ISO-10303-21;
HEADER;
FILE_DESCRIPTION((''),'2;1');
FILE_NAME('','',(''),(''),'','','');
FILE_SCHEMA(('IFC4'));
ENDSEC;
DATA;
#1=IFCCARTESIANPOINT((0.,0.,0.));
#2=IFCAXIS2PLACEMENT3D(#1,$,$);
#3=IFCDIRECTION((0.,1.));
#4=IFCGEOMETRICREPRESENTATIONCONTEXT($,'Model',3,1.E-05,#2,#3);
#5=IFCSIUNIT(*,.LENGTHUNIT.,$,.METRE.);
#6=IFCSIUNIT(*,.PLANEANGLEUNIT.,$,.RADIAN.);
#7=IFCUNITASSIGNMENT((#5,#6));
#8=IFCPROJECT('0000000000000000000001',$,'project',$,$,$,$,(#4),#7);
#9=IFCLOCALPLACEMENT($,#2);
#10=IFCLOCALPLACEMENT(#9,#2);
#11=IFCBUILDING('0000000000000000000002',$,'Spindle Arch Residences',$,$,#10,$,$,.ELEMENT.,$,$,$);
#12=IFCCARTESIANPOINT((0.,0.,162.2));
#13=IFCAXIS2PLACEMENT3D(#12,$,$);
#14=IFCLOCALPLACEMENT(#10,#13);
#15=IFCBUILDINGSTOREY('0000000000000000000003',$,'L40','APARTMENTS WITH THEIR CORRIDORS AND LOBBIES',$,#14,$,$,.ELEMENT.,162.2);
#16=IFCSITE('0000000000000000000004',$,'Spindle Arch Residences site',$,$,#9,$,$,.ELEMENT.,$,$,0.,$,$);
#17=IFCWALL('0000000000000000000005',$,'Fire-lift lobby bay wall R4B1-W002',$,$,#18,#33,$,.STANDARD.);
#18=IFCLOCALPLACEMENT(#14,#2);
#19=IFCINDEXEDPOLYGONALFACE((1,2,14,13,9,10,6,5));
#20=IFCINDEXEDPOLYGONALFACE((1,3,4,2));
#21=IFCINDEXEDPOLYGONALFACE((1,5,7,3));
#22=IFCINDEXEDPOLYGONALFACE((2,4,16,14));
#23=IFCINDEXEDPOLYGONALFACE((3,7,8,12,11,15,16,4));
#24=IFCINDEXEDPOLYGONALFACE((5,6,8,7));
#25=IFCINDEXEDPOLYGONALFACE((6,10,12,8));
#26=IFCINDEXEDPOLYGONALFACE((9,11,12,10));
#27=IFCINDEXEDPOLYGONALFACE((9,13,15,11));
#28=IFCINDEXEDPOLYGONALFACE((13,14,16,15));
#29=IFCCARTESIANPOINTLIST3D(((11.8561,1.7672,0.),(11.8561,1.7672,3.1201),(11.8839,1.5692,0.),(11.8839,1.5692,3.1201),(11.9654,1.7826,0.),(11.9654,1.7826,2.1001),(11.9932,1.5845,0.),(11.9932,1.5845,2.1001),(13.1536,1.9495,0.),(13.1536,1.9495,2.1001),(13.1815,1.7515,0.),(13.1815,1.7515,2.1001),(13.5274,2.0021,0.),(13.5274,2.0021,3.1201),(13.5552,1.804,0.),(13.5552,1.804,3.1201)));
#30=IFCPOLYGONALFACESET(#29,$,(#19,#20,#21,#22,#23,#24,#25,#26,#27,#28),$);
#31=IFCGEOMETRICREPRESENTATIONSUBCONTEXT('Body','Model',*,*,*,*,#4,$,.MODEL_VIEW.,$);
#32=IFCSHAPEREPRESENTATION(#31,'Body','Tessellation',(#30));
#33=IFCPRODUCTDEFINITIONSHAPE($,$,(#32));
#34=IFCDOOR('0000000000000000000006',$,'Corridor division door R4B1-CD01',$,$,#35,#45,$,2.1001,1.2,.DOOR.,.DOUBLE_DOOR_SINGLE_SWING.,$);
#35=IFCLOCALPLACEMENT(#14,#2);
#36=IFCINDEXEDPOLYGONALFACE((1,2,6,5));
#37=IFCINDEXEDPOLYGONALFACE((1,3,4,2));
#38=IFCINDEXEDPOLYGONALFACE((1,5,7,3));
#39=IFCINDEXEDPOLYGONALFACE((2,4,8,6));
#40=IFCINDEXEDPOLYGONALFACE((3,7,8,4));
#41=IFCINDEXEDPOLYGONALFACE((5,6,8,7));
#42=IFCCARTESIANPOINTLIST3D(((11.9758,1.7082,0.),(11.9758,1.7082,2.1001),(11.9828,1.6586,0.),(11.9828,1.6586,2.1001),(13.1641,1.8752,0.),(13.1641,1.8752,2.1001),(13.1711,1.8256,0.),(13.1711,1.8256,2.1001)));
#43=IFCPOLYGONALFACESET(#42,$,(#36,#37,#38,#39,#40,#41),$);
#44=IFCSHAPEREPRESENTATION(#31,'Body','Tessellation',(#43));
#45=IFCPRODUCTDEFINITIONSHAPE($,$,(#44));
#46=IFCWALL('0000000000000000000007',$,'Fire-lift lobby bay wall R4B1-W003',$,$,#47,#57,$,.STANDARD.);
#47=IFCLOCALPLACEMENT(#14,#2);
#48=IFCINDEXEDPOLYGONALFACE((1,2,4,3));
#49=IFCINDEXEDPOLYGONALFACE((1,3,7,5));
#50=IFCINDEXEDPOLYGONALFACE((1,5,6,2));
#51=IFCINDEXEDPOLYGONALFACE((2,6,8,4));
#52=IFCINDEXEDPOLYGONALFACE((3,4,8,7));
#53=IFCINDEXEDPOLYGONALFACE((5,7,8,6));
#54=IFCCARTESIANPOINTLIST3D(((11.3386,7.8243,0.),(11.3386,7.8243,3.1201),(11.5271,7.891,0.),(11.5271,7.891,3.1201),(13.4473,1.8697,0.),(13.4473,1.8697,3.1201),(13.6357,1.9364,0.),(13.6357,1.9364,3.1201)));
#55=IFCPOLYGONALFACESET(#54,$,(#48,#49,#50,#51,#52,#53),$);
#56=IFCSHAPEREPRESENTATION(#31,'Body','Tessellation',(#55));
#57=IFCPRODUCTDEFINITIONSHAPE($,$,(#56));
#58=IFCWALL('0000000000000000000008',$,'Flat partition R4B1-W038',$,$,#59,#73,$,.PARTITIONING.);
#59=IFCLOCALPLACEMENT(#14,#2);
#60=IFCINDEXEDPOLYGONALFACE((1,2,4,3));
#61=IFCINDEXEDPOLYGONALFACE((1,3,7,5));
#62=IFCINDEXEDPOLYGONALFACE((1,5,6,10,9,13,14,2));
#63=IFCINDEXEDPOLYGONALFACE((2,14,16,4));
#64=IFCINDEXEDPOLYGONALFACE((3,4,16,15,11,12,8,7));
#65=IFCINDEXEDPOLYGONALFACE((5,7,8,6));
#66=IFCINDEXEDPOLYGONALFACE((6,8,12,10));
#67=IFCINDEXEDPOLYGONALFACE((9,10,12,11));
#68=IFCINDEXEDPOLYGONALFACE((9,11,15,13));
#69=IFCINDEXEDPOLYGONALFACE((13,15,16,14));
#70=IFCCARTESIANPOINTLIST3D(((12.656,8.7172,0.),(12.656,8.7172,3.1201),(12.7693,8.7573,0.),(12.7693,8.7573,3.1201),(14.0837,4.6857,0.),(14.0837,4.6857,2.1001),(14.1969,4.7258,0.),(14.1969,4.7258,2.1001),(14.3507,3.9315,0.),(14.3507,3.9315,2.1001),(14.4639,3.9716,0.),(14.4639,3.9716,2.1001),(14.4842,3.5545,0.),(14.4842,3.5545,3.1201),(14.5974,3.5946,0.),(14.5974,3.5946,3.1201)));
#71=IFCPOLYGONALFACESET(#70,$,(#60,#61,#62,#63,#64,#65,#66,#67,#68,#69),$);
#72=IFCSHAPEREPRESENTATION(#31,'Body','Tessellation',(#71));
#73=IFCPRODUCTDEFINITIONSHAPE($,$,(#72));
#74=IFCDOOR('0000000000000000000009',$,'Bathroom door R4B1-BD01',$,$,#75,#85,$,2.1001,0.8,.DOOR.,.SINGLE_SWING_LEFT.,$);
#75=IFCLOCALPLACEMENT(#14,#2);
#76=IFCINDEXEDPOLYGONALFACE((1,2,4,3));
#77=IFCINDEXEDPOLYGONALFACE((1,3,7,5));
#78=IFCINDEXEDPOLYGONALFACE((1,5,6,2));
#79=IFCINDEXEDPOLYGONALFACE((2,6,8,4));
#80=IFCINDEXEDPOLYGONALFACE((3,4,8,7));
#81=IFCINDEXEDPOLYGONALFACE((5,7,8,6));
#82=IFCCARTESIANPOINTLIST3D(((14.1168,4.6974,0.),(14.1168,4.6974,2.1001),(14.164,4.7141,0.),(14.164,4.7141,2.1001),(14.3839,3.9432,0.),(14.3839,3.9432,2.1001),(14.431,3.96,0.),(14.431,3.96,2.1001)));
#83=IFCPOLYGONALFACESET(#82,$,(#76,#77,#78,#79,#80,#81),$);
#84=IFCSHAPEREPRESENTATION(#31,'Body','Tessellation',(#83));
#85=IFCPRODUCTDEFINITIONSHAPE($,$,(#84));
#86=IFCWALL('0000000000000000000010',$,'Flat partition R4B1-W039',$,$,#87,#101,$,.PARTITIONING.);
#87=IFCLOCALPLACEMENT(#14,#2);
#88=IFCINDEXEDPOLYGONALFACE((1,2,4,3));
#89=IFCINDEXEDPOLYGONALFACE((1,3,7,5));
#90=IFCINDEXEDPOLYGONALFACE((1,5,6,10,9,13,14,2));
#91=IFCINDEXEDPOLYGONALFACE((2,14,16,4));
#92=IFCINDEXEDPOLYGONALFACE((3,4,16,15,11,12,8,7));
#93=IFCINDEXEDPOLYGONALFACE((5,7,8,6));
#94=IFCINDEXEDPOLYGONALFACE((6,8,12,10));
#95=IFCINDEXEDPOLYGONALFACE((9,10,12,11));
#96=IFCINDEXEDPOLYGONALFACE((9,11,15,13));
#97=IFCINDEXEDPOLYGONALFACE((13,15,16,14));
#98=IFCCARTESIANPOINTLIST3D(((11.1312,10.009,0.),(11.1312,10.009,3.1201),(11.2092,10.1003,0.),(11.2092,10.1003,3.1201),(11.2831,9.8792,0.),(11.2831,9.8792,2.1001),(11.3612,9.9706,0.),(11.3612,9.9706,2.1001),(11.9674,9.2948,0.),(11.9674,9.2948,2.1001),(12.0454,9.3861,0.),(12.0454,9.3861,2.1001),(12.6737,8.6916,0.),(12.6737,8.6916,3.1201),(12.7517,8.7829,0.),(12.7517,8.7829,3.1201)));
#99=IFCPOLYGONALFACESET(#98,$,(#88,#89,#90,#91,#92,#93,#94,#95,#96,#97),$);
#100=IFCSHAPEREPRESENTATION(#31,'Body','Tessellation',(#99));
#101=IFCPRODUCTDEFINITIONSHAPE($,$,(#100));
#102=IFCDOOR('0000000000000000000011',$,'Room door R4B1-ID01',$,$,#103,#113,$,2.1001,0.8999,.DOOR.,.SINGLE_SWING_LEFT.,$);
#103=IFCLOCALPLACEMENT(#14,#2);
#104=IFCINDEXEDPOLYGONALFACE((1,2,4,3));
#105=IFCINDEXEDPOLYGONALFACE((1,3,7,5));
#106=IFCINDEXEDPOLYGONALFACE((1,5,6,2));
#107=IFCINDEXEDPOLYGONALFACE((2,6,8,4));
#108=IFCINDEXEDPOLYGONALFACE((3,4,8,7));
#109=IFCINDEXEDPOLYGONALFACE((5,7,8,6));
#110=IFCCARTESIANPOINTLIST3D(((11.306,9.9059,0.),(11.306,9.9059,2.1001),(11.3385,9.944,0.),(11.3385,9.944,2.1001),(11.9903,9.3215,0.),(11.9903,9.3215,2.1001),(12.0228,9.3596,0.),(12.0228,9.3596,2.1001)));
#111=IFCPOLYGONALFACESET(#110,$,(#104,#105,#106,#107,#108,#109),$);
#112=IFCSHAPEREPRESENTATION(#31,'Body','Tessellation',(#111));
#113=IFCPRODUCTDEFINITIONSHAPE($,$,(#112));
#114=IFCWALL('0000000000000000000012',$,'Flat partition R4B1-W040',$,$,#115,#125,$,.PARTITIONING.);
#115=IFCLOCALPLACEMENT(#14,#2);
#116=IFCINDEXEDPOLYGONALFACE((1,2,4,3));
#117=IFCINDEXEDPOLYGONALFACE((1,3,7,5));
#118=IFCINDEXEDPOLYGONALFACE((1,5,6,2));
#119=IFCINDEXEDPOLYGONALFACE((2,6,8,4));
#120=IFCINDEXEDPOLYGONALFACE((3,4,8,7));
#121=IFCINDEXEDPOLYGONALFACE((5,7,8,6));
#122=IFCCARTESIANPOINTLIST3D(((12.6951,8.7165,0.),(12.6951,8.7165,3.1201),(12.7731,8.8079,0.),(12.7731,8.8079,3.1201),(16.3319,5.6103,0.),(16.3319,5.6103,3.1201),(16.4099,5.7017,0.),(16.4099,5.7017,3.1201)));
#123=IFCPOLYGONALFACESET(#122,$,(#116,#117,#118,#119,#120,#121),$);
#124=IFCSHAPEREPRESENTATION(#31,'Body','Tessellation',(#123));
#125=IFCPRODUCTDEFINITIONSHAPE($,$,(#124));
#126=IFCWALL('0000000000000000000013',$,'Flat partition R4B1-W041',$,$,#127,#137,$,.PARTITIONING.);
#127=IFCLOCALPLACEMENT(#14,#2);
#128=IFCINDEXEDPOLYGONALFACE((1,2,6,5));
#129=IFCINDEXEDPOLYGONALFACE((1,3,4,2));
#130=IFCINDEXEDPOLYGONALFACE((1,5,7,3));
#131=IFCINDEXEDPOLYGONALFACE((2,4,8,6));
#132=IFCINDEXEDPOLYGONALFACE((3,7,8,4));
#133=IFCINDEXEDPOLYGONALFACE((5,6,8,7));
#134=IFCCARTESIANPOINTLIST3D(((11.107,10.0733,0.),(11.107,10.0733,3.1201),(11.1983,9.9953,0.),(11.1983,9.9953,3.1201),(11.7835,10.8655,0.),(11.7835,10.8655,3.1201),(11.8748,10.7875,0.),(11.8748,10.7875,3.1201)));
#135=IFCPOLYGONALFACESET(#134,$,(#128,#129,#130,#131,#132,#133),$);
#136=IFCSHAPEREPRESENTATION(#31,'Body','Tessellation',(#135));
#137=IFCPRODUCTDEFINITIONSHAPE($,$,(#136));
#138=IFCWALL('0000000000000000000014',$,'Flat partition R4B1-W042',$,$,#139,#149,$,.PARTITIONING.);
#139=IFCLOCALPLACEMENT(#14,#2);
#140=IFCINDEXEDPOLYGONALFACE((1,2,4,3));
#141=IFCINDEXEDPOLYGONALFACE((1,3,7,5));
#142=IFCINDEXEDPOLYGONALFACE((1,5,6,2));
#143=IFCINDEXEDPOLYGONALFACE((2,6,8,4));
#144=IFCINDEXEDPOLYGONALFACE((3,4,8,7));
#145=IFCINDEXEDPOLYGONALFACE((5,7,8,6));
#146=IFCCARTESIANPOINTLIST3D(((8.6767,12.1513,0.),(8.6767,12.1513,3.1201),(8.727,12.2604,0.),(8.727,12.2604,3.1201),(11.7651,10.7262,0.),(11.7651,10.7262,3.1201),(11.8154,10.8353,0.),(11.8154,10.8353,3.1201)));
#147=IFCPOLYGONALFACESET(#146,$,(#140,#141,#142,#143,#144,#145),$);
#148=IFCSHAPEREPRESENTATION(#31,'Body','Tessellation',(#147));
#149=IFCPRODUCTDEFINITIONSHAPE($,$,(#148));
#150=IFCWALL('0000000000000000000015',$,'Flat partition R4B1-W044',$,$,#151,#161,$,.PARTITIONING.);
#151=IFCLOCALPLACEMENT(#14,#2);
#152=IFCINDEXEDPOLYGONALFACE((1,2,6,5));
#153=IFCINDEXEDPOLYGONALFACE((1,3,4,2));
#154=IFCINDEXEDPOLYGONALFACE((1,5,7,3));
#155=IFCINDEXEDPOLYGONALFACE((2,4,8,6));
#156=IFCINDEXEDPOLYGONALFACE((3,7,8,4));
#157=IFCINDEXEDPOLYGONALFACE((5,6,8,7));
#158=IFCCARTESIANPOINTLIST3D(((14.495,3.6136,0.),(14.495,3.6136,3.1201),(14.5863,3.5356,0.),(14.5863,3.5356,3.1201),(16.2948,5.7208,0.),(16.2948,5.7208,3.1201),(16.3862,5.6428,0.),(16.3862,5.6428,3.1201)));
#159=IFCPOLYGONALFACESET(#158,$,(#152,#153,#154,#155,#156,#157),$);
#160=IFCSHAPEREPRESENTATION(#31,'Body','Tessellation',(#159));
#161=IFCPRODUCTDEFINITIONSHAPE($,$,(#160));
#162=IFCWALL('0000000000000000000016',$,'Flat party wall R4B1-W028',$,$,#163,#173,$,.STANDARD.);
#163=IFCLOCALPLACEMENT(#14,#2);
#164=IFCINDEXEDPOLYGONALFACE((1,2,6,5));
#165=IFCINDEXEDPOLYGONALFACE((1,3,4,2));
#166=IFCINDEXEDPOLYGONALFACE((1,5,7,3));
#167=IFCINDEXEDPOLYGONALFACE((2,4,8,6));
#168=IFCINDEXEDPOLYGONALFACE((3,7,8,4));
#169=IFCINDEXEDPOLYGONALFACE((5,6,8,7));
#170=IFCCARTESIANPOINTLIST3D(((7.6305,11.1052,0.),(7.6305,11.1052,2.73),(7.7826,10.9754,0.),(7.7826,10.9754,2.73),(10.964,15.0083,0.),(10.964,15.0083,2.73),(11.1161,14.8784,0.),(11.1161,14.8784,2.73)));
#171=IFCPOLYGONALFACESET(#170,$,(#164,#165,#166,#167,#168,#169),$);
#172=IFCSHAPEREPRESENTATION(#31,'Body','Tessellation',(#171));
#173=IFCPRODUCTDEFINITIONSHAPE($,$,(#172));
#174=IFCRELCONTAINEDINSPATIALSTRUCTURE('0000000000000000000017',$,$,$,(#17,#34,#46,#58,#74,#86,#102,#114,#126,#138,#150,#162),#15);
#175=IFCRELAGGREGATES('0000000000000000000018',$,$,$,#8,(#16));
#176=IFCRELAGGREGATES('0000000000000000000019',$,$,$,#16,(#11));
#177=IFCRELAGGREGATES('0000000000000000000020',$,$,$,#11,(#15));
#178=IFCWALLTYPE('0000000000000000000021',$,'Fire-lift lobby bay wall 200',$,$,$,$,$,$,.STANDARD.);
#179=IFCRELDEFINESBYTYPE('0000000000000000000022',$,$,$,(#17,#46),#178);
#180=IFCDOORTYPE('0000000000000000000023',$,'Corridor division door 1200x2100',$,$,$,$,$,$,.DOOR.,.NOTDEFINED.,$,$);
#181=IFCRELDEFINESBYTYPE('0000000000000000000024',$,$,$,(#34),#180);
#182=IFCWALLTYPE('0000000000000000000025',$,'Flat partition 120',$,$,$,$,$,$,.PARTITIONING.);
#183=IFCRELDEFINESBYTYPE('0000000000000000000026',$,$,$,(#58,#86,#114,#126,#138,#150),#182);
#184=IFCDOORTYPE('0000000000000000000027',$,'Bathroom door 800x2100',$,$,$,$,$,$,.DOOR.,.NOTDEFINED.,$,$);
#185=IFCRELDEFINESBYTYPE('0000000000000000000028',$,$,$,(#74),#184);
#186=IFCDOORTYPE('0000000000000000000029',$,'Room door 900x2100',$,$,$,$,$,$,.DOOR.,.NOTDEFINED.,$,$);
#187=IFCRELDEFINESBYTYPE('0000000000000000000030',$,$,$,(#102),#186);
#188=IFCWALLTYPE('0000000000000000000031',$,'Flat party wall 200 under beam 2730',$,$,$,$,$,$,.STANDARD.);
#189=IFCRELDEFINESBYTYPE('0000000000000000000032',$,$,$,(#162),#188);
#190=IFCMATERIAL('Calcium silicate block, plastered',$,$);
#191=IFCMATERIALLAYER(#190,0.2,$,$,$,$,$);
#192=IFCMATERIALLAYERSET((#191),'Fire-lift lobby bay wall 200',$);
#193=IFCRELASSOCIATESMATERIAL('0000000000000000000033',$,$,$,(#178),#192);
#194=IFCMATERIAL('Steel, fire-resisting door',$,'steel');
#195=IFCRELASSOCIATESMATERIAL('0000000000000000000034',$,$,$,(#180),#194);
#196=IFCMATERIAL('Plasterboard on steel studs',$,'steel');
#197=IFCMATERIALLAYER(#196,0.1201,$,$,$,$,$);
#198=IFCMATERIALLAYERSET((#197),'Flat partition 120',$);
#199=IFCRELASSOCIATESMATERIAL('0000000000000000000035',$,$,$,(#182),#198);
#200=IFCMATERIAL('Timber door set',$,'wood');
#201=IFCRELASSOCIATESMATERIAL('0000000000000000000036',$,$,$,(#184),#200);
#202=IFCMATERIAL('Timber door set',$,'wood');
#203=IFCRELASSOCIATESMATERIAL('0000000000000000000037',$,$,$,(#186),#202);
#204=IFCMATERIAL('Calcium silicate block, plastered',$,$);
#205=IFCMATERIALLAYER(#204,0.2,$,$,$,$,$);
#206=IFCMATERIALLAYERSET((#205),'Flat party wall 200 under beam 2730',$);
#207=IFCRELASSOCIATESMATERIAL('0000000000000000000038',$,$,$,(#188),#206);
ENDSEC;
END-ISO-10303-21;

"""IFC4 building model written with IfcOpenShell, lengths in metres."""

from ifc_helpers import new_model, si_unit, direction, frame, frame_2d, origin, place, context, subcontext, project, spatial, rectangle, extrude, material, layer, layer_set, type_object, element, fill, save


model = new_model("IFC4")

# Units and contexts
model_context = context("Model", 3, precision=1e-05, world=origin(), true_north=direction((0.0, 1.0)))
body_context = subcontext(model_context, "Body", "Model", "MODEL_VIEW")
ifc_project = project(units=[si_unit("LENGTHUNIT", "METRE"), si_unit("PLANEANGLEUNIT", "RADIAN")], contexts=[model_context])

# Site, building, storey
site_placement = place(None, origin())
site = spatial("IfcSite", under=ifc_project, at=site_placement, Name="Spindle Arch Residences site", CompositionType="ELEMENT", RefElevation=0.0)
building_placement = place(site_placement, origin())
building = spatial("IfcBuilding", under=site, at=building_placement, Name="Spindle Arch Residences", CompositionType="ELEMENT")
storey_placement = place(building_placement, frame((0.0, 0.0, 162.2)))
storey = spatial("IfcBuildingStorey", under=building, at=storey_placement, Name="L40", Description="APARTMENTS WITH THEIR CORRIDORS AND LOBBIES", CompositionType="ELEMENT", Elevation=162.2)

# Shared definitions
ifc_material_1 = material(Name="Calcium silicate block, plastered")
ifc_layer_1 = layer(ifc_material_1, 0.2)
ifc_layer_set_1 = layer_set([ifc_layer_1], Name="Fire-lift lobby bay wall 200")
wall_type_1 = type_object("IfcWallType", Name="Fire-lift lobby bay wall 200", PredefinedType="STANDARD", material=ifc_layer_set_1)

# Wall, opening, door
wall_1_placement = place(storey_placement, frame((11.8701, 1.6682, 0.0), z_axis=(0.0, 0.0, 1.0), x_axis=(0.990271, 0.139153, 0.0)))
wall_1 = element("IfcWall", 1, at=wall_1_placement, inside=storey, type_object=wall_type_1, Name="Fire-lift lobby bay wall R4B1-W002", PredefinedType="STANDARD", context=body_context, shape_type="SweptSolid", body=[
    extrude(rectangle(XDim=1.6877, YDim=0.2, at=frame_2d((0.8438, 0.0))), origin(), (0.0, 0.0, 1.0), 3.1201),
])
opening_1_placement = place(wall_1_placement, frame((0.1101, 0.0, 0.0)))
opening_1 = element("IfcOpeningElement", 2, at=opening_1_placement, cuts=wall_1, PredefinedType="OPENING", context=body_context, shape_type="SweptSolid", body=[
    extrude(rectangle(XDim=1.2, YDim=2.1001, at=frame_2d((0.6001, 1.05))), frame((0.0, 0.1099, 0.0), z_axis=(0.0, -1.0, 0.0), x_axis=(1.0, 0.0, 0.0)), (0.0, 0.0, 1.0), 0.22),
])
ifc_material_2 = material(Name="Steel, fire-resisting door", Category="steel")
door_type_1 = type_object("IfcDoorType", Name="Corridor division door 1200x2100", OperationType="NOTDEFINED", PredefinedType="DOOR", material=ifc_material_2)
door_1_placement = place(opening_1_placement, origin())
door_1 = element("IfcDoor", 3, at=door_1_placement, inside=storey, type_object=door_type_1, Name="Corridor division door R4B1-CD01", OperationType="DOUBLE_DOOR_SINGLE_SWING", OverallHeight=2.1001, OverallWidth=1.2, PredefinedType="DOOR", context=body_context, shape_type="SweptSolid", body=[
    extrude(rectangle(XDim=1.2, YDim=2.1001, at=frame_2d((0.6001, 1.05))), frame((0.0, 0.0249, 0.0), z_axis=(0.0, -1.0, 0.0), x_axis=(1.0, 0.0, 0.0)), (0.0, 0.0, 1.0), 0.05),
])
fill(opening_1, door_1)

# Wall
wall_2_placement = place(storey_placement, frame((13.5415, 1.9031, 0.0), z_axis=(0.0, 0.0, 1.0), x_axis=(-0.333809, 0.942641, 0.0)))
element("IfcWall", 4, at=wall_2_placement, inside=storey, type_object=wall_type_1, Name="Fire-lift lobby bay wall R4B1-W003", PredefinedType="STANDARD", context=body_context, shape_type="SweptSolid", body=[
    extrude(rectangle(XDim=6.3169, YDim=0.2, at=frame_2d((3.1584, 0.0))), origin(), (0.0, 0.0, 1.0), 3.1201),
])

# Walls, openings, doors
ifc_material_3 = material(Name="Plasterboard on steel studs", Category="steel")
ifc_layer_2 = layer(ifc_material_3, 0.1201)
ifc_layer_set_2 = layer_set([ifc_layer_2], Name="Flat partition 120")
wall_type_2 = type_object("IfcWallType", Name="Flat partition 120", PredefinedType="PARTITIONING", material=ifc_layer_set_2)
wall_3_placement = place(storey_placement, frame((14.5408, 3.5747, 0.0), z_axis=(0.0, 0.0, 1.0), x_axis=(-0.333799, 0.942644, 0.0)))
wall_3 = element("IfcWall", 5, at=wall_3_placement, inside=storey, type_object=wall_type_2, Name="Flat partition R4B1-W038", PredefinedType="PARTITIONING", context=body_context, shape_type="SweptSolid", body=[
    extrude(rectangle(XDim=5.4768, YDim=0.1201, at=frame_2d((2.7383, 0.0))), origin(), (0.0, 0.0, 1.0), 3.1201),
])
opening_2_placement = place(wall_3_placement, frame((0.3999, 0.0, 0.0)))
opening_2 = element("IfcOpeningElement", 6, at=opening_2_placement, cuts=wall_3, PredefinedType="OPENING", context=body_context, shape_type="SweptSolid", body=[
    extrude(rectangle(XDim=0.8, YDim=2.1001, at=frame_2d((0.3999, 1.05))), frame((0.0, 0.0701, 0.0), z_axis=(0.0, -1.0, 0.0), x_axis=(1.0, 0.0, 0.0)), (0.0, 0.0, 1.0), 0.1401),
])
ifc_material_4 = material(Name="Timber door set", Category="wood")
door_type_2 = type_object("IfcDoorType", Name="Bathroom door 800x2100", OperationType="NOTDEFINED", PredefinedType="DOOR", material=ifc_material_4)
door_2_placement = place(opening_2_placement, origin())
door_2 = element("IfcDoor", 7, at=door_2_placement, inside=storey, type_object=door_type_2, Name="Bathroom door R4B1-BD01", OperationType="SINGLE_SWING_LEFT", OverallHeight=2.1001, OverallWidth=0.8, PredefinedType="DOOR", context=body_context, shape_type="SweptSolid", body=[
    extrude(rectangle(XDim=0.8, YDim=2.1001, at=frame_2d((0.3999, 1.05))), frame((0.0, 0.0249, 0.0), z_axis=(0.0, -1.0, 0.0), x_axis=(1.0, 0.0, 0.0)), (0.0, 0.0, 1.0), 0.05),
])
fill(opening_2, door_2)
wall_4_placement = place(storey_placement, frame((12.7126, 8.7373, 0.0), z_axis=(0.0, 0.0, 1.0), x_axis=(-0.760411, 0.649442, 0.0)))
wall_4 = element("IfcWall", 8, at=wall_4_placement, inside=storey, type_object=wall_type_2, Name="Flat partition R4B1-W039", PredefinedType="PARTITIONING", context=body_context, shape_type="SweptSolid", body=[
    extrude(rectangle(XDim=2.0286, YDim=0.1201, at=frame_2d((1.0142, 0.0))), origin(), (0.0, 0.0, 1.0), 3.1201),
])
opening_3_placement = place(wall_4_placement, frame((0.9287, 0.0, 0.0)))
opening_3 = element("IfcOpeningElement", 9, at=opening_3_placement, cuts=wall_4, PredefinedType="OPENING", context=body_context, shape_type="SweptSolid", body=[
    extrude(rectangle(XDim=0.8999, YDim=2.1001, at=frame_2d((0.45, 1.05))), frame((0.0, 0.0701, 0.0), z_axis=(0.0, -1.0, 0.0), x_axis=(1.0, 0.0, 0.0)), (0.0, 0.0, 1.0), 0.1401),
])
ifc_material_5 = material(Name="Timber door set", Category="wood")
door_type_3 = type_object("IfcDoorType", Name="Room door 900x2100", OperationType="NOTDEFINED", PredefinedType="DOOR", material=ifc_material_5)
door_3_placement = place(opening_3_placement, origin())
door_3 = element("IfcDoor", 10, at=door_3_placement, inside=storey, type_object=door_type_3, Name="Room door R4B1-ID01", OperationType="SINGLE_SWING_LEFT", OverallHeight=2.1001, OverallWidth=0.8999, PredefinedType="DOOR", context=body_context, shape_type="SweptSolid", body=[
    extrude(rectangle(XDim=0.8999, YDim=2.1001, at=frame_2d((0.45, 1.05))), frame((0.0, 0.0249, 0.0), z_axis=(0.0, -1.0, 0.0), x_axis=(1.0, 0.0, 0.0)), (0.0, 0.0, 1.0), 0.05),
])
fill(opening_3, door_3)

# Walls
wall_5_placement = place(storey_placement, frame((12.7341, 8.7622, 0.0), z_axis=(0.0, 0.0, 1.0), x_axis=(0.76039, -0.649466, 0.0)))
element("IfcWall", 11, at=wall_5_placement, inside=storey, type_object=wall_type_2, Name="Flat partition R4B1-W040", PredefinedType="PARTITIONING", context=body_context, shape_type="SweptSolid", body=[
    extrude(rectangle(XDim=4.7827, YDim=0.1201, at=frame_2d((2.3914, 0.0))), origin(), (0.0, 0.0, 1.0), 3.1201),
])
wall_6_placement = place(storey_placement, frame((11.1526, 10.0342, 0.0), z_axis=(0.0, 0.0, 1.0), x_axis=(0.649381, 0.760463, 0.0)))
element("IfcWall", 12, at=wall_6_placement, inside=storey, type_object=wall_type_2, Name="Flat partition R4B1-W041", PredefinedType="PARTITIONING", context=body_context, shape_type="SweptSolid", body=[
    extrude(rectangle(XDim=1.0417, YDim=0.1201, at=frame_2d((0.521, 0.0))), origin(), (0.0, 0.0, 1.0), 3.1201),
])
wall_7_placement = place(storey_placement, frame((11.7903, 10.7808, 0.0), z_axis=(0.0, 0.0, 1.0), x_axis=(-0.907999, 0.418972, 0.0)))
element("IfcWall", 13, at=wall_7_placement, inside=storey, type_object=wall_type_2, Name="Flat partition R4B1-W042", PredefinedType="PARTITIONING", context=body_context, shape_type="SweptSolid", body=[
    extrude(rectangle(XDim=3.4014, YDim=0.1201, at=frame_2d((1.7007, 0.0))), origin(), (0.0, 0.0, 1.0), 3.1201),
])
wall_8_placement = place(storey_placement, frame((16.3406, 5.6819, 0.0), z_axis=(0.0, 0.0, 1.0), x_axis=(-0.64947, -0.760387, 0.0)))
element("IfcWall", 14, at=wall_8_placement, inside=storey, type_object=wall_type_2, Name="Flat partition R4B1-W044", PredefinedType="PARTITIONING", context=body_context, shape_type="SweptSolid", body=[
    extrude(rectangle(XDim=2.7712, YDim=0.1201, at=frame_2d((1.3857, 0.0))), origin(), (0.0, 0.0, 1.0), 3.1201),
])
ifc_material_6 = material(Name="Calcium silicate block, plastered")
ifc_layer_3 = layer(ifc_material_6, 0.2)
ifc_layer_set_3 = layer_set([ifc_layer_3], Name="Flat party wall 200 under beam 2730")
wall_type_3 = type_object("IfcWallType", Name="Flat party wall 200 under beam 2730", PredefinedType="STANDARD", material=ifc_layer_set_3)
wall_9_placement = place(storey_placement, frame((11.04, 14.9434, 0.0), z_axis=(0.0, 0.0, 1.0), x_axis=(-0.649443, -0.76041, 0.0)))
element("IfcWall", 15, at=wall_9_placement, inside=storey, type_object=wall_type_3, Name="Flat party wall R4B1-W028", PredefinedType="STANDARD", context=body_context, shape_type="SweptSolid", body=[
    extrude(rectangle(XDim=5.1328, YDim=0.2, at=frame_2d((2.5664, 0.0))), origin(), (0.0, 0.0, 1.0), 2.73),
])

save(model, "model.ifc")
